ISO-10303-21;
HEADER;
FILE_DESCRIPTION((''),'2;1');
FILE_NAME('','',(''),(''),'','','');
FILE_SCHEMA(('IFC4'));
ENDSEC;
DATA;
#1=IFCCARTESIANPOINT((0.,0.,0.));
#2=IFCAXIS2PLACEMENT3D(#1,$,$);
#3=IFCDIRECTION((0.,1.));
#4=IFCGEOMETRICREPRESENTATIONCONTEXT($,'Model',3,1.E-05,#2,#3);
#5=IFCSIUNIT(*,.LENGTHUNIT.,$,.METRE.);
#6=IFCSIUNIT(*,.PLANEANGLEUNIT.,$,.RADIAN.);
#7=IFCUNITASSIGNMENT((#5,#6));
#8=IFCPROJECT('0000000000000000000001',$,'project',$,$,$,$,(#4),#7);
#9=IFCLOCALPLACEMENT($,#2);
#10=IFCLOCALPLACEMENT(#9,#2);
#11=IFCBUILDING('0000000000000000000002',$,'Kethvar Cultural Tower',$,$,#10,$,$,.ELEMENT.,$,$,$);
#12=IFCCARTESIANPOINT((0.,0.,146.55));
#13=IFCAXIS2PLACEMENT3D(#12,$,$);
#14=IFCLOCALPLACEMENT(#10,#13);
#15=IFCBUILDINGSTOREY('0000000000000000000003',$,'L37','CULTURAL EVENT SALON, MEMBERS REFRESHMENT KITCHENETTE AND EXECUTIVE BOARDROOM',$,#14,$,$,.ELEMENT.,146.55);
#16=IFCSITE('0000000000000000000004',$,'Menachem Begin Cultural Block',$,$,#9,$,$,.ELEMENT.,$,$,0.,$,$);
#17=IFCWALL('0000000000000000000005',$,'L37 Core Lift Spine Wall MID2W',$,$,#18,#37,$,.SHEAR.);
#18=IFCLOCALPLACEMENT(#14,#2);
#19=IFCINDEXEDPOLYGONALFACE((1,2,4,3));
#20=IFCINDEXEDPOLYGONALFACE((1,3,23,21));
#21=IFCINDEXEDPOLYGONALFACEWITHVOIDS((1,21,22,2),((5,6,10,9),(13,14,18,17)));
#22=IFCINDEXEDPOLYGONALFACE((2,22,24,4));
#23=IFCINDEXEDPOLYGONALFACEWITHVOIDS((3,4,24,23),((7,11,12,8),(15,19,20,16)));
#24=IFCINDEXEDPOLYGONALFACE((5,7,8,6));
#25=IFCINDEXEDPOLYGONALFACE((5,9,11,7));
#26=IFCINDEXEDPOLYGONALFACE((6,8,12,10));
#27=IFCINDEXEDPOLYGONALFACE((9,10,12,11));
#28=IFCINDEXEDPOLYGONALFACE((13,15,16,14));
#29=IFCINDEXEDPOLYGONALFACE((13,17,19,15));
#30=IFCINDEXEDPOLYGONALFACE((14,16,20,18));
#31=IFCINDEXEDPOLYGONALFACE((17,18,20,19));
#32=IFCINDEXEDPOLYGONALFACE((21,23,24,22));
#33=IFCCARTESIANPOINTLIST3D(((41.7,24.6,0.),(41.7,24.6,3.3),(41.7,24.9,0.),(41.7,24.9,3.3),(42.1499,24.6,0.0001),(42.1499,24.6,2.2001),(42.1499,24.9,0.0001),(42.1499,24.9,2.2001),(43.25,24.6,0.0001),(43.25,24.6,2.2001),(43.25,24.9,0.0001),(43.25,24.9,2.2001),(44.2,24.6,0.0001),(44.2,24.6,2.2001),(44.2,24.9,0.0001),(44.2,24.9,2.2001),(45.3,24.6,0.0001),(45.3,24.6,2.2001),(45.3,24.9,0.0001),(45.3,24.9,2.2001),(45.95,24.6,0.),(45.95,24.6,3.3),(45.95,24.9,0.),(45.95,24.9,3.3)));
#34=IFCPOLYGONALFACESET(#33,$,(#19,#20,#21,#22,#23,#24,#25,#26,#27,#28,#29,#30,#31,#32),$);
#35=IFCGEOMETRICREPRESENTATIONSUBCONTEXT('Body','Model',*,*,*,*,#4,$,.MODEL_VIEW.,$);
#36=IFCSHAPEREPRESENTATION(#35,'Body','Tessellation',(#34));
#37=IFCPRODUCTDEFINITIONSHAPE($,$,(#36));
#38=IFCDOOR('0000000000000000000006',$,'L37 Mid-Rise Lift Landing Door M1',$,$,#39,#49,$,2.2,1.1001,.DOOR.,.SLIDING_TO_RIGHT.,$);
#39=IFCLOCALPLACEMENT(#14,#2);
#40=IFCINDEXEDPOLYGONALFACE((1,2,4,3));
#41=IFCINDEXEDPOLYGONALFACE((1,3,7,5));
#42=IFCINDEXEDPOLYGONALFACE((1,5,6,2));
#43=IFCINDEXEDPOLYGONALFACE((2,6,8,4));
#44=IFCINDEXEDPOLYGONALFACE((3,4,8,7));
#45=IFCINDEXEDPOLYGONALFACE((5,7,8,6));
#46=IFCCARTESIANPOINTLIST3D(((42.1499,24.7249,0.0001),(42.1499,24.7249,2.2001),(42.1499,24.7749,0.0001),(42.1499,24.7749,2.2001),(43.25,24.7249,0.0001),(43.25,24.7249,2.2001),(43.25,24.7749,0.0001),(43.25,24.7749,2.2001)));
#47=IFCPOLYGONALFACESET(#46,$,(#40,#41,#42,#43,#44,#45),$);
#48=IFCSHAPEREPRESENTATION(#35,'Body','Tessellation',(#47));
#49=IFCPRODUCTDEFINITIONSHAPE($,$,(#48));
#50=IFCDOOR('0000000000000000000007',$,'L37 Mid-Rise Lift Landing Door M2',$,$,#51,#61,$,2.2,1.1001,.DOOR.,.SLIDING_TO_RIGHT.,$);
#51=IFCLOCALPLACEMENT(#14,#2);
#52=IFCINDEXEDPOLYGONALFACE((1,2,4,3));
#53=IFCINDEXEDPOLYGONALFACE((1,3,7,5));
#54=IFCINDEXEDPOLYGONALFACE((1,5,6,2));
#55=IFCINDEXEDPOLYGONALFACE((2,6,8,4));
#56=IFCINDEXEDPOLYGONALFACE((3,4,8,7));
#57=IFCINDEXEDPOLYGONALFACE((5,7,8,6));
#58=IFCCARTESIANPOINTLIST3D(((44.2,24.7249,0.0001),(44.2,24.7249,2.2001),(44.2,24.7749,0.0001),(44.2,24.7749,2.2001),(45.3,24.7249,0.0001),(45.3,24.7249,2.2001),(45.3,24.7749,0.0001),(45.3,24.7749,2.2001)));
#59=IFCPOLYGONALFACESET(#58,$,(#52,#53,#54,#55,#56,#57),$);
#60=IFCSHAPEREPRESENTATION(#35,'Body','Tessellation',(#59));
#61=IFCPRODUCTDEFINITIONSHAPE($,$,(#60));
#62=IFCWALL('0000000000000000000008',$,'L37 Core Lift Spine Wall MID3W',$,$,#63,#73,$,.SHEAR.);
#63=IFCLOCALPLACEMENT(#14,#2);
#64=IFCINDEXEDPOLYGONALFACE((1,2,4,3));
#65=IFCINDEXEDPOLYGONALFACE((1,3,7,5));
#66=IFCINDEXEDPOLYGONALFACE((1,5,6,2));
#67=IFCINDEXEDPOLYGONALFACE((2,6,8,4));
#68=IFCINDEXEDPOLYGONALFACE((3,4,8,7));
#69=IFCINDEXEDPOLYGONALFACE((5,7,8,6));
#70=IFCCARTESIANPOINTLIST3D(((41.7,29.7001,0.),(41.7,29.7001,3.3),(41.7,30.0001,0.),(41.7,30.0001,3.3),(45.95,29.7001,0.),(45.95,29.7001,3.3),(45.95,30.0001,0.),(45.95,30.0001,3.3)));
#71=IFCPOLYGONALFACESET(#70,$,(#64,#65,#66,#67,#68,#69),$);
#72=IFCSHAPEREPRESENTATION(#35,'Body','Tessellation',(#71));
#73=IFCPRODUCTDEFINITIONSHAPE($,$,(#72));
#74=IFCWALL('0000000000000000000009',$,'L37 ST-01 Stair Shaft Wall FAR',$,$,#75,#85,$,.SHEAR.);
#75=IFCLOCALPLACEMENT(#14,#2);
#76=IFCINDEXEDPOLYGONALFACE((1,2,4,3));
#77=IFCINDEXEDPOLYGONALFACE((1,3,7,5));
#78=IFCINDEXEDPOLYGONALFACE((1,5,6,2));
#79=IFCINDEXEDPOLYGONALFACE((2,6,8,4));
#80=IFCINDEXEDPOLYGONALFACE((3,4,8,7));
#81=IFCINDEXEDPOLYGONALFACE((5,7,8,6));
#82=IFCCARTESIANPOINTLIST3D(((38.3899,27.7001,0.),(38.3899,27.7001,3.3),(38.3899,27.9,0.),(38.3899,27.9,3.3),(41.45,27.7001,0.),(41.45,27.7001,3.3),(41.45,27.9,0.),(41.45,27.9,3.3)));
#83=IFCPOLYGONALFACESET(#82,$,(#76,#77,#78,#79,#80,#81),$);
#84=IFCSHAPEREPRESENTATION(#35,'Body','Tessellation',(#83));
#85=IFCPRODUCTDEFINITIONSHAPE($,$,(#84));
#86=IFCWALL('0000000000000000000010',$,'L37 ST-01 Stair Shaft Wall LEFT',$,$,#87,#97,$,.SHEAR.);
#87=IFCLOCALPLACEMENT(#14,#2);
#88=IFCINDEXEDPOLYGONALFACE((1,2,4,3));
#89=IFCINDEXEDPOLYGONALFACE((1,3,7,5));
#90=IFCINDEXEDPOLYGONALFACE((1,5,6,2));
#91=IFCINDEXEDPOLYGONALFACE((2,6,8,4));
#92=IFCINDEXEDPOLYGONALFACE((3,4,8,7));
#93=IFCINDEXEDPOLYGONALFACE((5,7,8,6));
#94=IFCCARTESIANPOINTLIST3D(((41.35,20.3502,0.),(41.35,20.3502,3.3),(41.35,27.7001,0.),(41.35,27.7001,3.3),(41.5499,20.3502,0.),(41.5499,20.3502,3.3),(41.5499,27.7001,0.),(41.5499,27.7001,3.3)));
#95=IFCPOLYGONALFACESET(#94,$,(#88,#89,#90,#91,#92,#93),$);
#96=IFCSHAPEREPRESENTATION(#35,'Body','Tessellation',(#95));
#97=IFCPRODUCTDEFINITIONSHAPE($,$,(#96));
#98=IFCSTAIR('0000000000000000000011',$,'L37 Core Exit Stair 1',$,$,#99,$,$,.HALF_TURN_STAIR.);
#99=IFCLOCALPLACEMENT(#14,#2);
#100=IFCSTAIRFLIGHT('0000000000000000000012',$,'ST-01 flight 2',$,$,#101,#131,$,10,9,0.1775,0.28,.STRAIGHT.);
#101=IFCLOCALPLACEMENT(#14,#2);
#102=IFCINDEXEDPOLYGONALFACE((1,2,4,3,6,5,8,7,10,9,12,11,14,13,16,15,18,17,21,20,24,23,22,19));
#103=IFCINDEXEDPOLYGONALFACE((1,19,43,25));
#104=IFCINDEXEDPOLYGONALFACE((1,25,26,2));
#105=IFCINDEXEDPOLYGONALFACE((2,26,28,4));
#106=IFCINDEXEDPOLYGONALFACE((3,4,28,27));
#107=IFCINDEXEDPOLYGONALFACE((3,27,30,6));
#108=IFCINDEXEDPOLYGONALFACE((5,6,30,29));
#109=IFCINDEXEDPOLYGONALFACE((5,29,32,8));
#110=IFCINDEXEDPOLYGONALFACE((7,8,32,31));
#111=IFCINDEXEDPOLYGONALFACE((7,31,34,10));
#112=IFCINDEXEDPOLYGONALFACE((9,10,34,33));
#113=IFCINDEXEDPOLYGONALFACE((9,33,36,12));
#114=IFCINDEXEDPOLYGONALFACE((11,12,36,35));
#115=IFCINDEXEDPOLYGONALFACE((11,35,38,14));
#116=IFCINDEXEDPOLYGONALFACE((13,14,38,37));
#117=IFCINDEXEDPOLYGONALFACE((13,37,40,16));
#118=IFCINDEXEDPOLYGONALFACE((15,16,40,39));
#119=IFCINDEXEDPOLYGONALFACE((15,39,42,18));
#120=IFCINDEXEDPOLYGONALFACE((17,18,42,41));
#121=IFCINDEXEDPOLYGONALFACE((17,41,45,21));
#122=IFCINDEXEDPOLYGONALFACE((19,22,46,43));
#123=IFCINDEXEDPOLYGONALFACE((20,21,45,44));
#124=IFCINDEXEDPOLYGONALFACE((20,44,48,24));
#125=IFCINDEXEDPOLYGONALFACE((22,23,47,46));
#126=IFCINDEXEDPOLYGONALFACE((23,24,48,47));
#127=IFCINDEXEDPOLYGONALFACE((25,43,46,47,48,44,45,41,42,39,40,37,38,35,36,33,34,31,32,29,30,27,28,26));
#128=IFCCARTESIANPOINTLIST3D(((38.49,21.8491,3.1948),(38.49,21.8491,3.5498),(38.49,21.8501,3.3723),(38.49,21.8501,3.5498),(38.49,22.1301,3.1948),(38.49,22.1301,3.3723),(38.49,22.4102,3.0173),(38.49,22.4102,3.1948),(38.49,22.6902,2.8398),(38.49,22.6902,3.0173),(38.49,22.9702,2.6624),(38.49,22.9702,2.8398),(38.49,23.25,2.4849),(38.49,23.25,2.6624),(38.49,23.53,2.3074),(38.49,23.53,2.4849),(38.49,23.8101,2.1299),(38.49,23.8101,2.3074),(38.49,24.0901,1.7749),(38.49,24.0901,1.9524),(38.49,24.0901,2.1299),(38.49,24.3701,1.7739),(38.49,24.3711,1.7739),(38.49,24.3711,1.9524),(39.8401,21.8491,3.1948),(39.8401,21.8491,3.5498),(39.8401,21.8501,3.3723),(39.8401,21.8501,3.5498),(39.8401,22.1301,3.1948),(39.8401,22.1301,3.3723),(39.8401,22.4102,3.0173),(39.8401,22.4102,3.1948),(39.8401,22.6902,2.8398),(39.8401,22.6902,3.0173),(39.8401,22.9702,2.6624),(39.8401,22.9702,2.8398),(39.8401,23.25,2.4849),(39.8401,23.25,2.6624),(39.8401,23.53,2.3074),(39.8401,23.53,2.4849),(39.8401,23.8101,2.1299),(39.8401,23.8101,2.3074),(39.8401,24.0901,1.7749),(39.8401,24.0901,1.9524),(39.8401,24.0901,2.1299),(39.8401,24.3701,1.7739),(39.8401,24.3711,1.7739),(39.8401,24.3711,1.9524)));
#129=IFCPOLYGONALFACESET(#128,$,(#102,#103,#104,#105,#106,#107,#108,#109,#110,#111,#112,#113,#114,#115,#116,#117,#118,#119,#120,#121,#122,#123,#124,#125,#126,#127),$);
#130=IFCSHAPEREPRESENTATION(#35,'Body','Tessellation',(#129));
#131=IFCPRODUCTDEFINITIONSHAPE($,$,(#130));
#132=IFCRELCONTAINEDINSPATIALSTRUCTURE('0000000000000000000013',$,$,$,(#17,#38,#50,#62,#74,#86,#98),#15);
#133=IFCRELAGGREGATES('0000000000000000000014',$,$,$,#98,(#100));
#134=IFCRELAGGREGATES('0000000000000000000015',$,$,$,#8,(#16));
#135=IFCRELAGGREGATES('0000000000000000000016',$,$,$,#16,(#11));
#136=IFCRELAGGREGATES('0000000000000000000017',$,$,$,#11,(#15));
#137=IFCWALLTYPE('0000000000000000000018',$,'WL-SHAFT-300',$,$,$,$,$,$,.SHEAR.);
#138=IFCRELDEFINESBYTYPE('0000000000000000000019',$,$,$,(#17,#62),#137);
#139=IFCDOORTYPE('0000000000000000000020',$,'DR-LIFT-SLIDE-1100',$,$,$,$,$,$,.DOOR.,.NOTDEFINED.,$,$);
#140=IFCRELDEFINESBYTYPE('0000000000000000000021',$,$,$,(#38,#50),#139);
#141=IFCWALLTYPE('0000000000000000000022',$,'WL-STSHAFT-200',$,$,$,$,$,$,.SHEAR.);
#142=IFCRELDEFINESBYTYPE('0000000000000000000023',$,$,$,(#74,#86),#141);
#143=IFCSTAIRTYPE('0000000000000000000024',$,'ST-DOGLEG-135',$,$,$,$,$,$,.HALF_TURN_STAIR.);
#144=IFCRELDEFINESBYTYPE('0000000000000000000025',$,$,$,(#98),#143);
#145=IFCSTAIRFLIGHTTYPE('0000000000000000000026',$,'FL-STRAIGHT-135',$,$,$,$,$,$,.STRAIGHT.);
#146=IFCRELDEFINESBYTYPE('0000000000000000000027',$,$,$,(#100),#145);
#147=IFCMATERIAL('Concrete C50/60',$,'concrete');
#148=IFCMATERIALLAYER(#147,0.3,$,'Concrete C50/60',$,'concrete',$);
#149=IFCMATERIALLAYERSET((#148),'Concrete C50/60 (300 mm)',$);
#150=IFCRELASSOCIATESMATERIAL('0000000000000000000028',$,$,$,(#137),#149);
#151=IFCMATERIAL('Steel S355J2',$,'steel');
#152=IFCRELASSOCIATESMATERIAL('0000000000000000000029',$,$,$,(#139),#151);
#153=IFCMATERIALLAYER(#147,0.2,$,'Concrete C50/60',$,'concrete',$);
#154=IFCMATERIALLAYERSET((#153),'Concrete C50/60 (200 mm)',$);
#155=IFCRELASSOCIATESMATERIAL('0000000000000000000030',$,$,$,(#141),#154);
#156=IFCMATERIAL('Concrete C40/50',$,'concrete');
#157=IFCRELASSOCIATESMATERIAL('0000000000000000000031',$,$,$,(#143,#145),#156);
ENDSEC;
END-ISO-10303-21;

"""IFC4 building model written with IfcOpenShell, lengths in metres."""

from ifc_helpers import new_model, si_unit, direction, frame, frame_2d, origin, place, context, subcontext, project, spatial, polyline, rectangle, outline, extrude, source, transform, mapped, material, layer, layer_set, type_object, element, fill, aggregate, save


model = new_model("IFC4")

# Units and contexts
model_context = context("Model", 3, precision=1e-05, world=origin(), true_north=direction((0.0, 1.0)))
body_context = subcontext(model_context, "Body", "Model", "MODEL_VIEW")
ifc_project = project(units=[si_unit("LENGTHUNIT", "METRE"), si_unit("PLANEANGLEUNIT", "RADIAN")], contexts=[model_context])

# Site, building, storey
site_placement = place(None, origin())
site = spatial("IfcSite", under=ifc_project, at=site_placement, Name="Menachem Begin Cultural Block", CompositionType="ELEMENT", RefElevation=0.0)
building_placement = place(site_placement, origin())
building = spatial("IfcBuilding", under=site, at=building_placement, Name="Kethvar Cultural Tower", CompositionType="ELEMENT")
storey_placement = place(building_placement, frame((0.0, 0.0, 146.55)))
storey = spatial("IfcBuildingStorey", under=building, at=storey_placement, Name="L37", Description="CULTURAL EVENT SALON, MEMBERS REFRESHMENT KITCHENETTE AND EXECUTIVE BOARDROOM", CompositionType="ELEMENT", Elevation=146.55)

# Shared definitions
ifc_material_1 = material(Name="Steel S355J2", Category="steel")

# Shared definitions
ifc_material_2 = material(Name="Concrete C40/50", Category="concrete")

# Wall, openings, doors
ifc_material_3 = material(Name="Concrete C50/60", Category="concrete")
ifc_layer_1 = layer(ifc_material_3, 0.3, Name="Concrete C50/60", Category="concrete")
ifc_layer_set_1 = layer_set([ifc_layer_1], Name="Concrete C50/60 (300 mm)")
wall_type_1 = type_object("IfcWallType", Name="WL-SHAFT-300", PredefinedType="SHEAR", material=ifc_layer_set_1)
wall_1_placement = place(storey_placement, frame((41.7, 24.75, 0.0), z_axis=(0.0, 0.0, 1.0), x_axis=(1.0, 0.0, 0.0)))
wall_1 = element("IfcWall", 1, at=wall_1_placement, inside=storey, type_object=wall_type_1, Name="L37 Core Lift Spine Wall MID2W", PredefinedType="SHEAR", context=body_context, shape_type="SweptSolid", body=[
    extrude(rectangle(XDim=4.25, YDim=0.3, at=frame_2d((2.125, 0.0))), origin(), (0.0, 0.0, 1.0), 3.3),
])
opening_1_placement = place(wall_1_placement, frame((0.45, 0.0, 0.0)))
opening_1 = element("IfcOpeningElement", 2, at=opening_1_placement, cuts=wall_1, PredefinedType="OPENING", context=body_context, shape_type="SweptSolid", body=[
    extrude(rectangle(XDim=1.1001, YDim=2.2, at=frame_2d((0.55, 1.1001))), frame((0.0, 0.1599, 0.0), z_axis=(0.0, -1.0, 0.0), x_axis=(1.0, 0.0, 0.0)), (0.0, 0.0, 1.0), 0.3201),
])
opening_2_placement = place(wall_1_placement, frame((2.5, 0.0, 0.0)))
opening_2 = element("IfcOpeningElement", 3, at=opening_2_placement, cuts=wall_1, PredefinedType="OPENING", context=body_context, shape_type="SweptSolid", body=[
    extrude(rectangle(XDim=1.1001, YDim=2.2, at=frame_2d((0.55, 1.1001))), frame((0.0, 0.1599, 0.0), z_axis=(0.0, -1.0, 0.0), x_axis=(1.0, 0.0, 0.0)), (0.0, 0.0, 1.0), 0.3201),
])
door_type = type_object("IfcDoorType", Name="DR-LIFT-SLIDE-1100", OperationType="NOTDEFINED", PredefinedType="DOOR", material=ifc_material_1)
shared_shape_1 = source(origin(), body_context, "Body", "SweptSolid", [
    extrude(rectangle(XDim=1.1001, YDim=2.2, at=frame_2d((0.55, 1.1001))), frame((0.0, 0.0249, 0.0), z_axis=(0.0, -1.0, 0.0), x_axis=(1.0, 0.0, 0.0)), (0.0, 0.0, 1.0), 0.05),
])
door_1_placement = place(opening_1_placement, origin())
door_1 = element("IfcDoor", 4, at=door_1_placement, inside=storey, type_object=door_type, Name="L37 Mid-Rise Lift Landing Door M1", OperationType="SLIDING_TO_RIGHT", OverallHeight=2.2, OverallWidth=1.1001, PredefinedType="DOOR", context=body_context, shape_type="MappedRepresentation", body=[
    mapped(shared_shape_1, transform((0.0, 0.0, 0.0), scale=1.0)),
])
fill(opening_1, door_1)
door_2_placement = place(opening_2_placement, origin())
door_2 = element("IfcDoor", 5, at=door_2_placement, inside=storey, type_object=door_type, Name="L37 Mid-Rise Lift Landing Door M2", OperationType="SLIDING_TO_RIGHT", OverallHeight=2.2, OverallWidth=1.1001, PredefinedType="DOOR", context=body_context, shape_type="MappedRepresentation", body=[
    mapped(shared_shape_1, transform((0.0, 0.0, 0.0), scale=1.0)),
])
fill(opening_2, door_2)

# Walls
wall_2_placement = place(storey_placement, frame((41.7, 29.8501, 0.0), z_axis=(0.0, 0.0, 1.0), x_axis=(1.0, 0.0, 0.0)))
element("IfcWall", 6, at=wall_2_placement, inside=storey, type_object=wall_type_1, Name="L37 Core Lift Spine Wall MID3W", PredefinedType="SHEAR", context=body_context, shape_type="SweptSolid", body=[
    extrude(rectangle(XDim=4.25, YDim=0.3, at=frame_2d((2.125, 0.0))), origin(), (0.0, 0.0, 1.0), 3.3),
])
ifc_layer_2 = layer(ifc_material_3, 0.2, Name="Concrete C50/60", Category="concrete")
ifc_layer_set_2 = layer_set([ifc_layer_2], Name="Concrete C50/60 (200 mm)")
wall_type_2 = type_object("IfcWallType", Name="WL-STSHAFT-200", PredefinedType="SHEAR", material=ifc_layer_set_2)
wall_3_placement = place(storey_placement, frame((38.3899, 27.8, 0.0), z_axis=(0.0, 0.0, 1.0), x_axis=(1.0, 0.0, 0.0)))
element("IfcWall", 7, at=wall_3_placement, inside=storey, type_object=wall_type_2, Name="L37 ST-01 Stair Shaft Wall FAR", PredefinedType="SHEAR", context=body_context, shape_type="SweptSolid", body=[
    extrude(rectangle(XDim=3.0601, YDim=0.2, at=frame_2d((1.53, 0.0))), origin(), (0.0, 0.0, 1.0), 3.3),
])
wall_4_placement = place(storey_placement, frame((41.45, 27.7, 0.0), z_axis=(0.0, 0.0, 1.0), x_axis=(0.0, -1.0, 0.0)))
element("IfcWall", 8, at=wall_4_placement, inside=storey, type_object=wall_type_2, Name="L37 ST-01 Stair Shaft Wall LEFT", PredefinedType="SHEAR", context=body_context, shape_type="SweptSolid", body=[
    extrude(rectangle(XDim=7.3499, YDim=0.2, at=frame_2d((3.6748, 0.0))), origin(), (0.0, 0.0, 1.0), 3.3),
])

# Stair, stair flight
stair_type = type_object("IfcStairType", Name="ST-DOGLEG-135", PredefinedType="HALF_TURN_STAIR", material=ifc_material_2)
stair_placement = place(storey_placement, origin())
stair = element("IfcStair", 9, at=stair_placement, inside=storey, type_object=stair_type, Name="L37 Core Exit Stair 1", PredefinedType="HALF_TURN_STAIR")
stair_flight_type = type_object("IfcStairFlightType", Name="FL-STRAIGHT-135", PredefinedType="STRAIGHT", material=ifc_material_2)
stair_flight_placement = place(storey_placement, frame((39.165, 24.3701, 1.7749), z_axis=(0.0, 0.0, 1.0), x_axis=(0.0, -1.0, 0.0)))
stair_flight = element("IfcStairFlight", 10, at=stair_flight_placement, type_object=stair_flight_type, Name="ST-01 flight 2", NumberOfRisers=10, NumberOfTreads=9, PredefinedType="STRAIGHT", RiserHeight=0.1775, TreadLength=0.28, context=body_context, shape_type="SweptSolid", body=[
    extrude(outline(polyline([(-0.001, -0.001), (-0.001, 0.1775), (0.28, 0.1775), (0.28, 0.355), (0.5601, 0.355), (0.5601, 0.5325), (0.8401, 0.5325), (0.8401, 0.71), (1.1201, 0.71), (1.1201, 0.8875), (1.3999, 0.8875), (1.3999, 1.0649), (1.6799, 1.0649), (1.6799, 1.2424), (1.96, 1.2424), (1.96, 1.4199), (2.24, 1.4199), (2.24, 1.5974), (2.52, 1.5974), (2.52, 1.7749), (2.521, 1.7749), (2.521, 1.4199), (0.28, 0.0), (0.0, -0.001), (-0.001, -0.001)])), frame((0.0, 0.675, 0.0), z_axis=(0.0, -1.0, 0.0), x_axis=(1.0, 0.0, 0.0)), (0.0, 0.0, 1.0), 1.3501),
])
aggregate(stair, [stair_flight])

save(model, "model.ifc")
